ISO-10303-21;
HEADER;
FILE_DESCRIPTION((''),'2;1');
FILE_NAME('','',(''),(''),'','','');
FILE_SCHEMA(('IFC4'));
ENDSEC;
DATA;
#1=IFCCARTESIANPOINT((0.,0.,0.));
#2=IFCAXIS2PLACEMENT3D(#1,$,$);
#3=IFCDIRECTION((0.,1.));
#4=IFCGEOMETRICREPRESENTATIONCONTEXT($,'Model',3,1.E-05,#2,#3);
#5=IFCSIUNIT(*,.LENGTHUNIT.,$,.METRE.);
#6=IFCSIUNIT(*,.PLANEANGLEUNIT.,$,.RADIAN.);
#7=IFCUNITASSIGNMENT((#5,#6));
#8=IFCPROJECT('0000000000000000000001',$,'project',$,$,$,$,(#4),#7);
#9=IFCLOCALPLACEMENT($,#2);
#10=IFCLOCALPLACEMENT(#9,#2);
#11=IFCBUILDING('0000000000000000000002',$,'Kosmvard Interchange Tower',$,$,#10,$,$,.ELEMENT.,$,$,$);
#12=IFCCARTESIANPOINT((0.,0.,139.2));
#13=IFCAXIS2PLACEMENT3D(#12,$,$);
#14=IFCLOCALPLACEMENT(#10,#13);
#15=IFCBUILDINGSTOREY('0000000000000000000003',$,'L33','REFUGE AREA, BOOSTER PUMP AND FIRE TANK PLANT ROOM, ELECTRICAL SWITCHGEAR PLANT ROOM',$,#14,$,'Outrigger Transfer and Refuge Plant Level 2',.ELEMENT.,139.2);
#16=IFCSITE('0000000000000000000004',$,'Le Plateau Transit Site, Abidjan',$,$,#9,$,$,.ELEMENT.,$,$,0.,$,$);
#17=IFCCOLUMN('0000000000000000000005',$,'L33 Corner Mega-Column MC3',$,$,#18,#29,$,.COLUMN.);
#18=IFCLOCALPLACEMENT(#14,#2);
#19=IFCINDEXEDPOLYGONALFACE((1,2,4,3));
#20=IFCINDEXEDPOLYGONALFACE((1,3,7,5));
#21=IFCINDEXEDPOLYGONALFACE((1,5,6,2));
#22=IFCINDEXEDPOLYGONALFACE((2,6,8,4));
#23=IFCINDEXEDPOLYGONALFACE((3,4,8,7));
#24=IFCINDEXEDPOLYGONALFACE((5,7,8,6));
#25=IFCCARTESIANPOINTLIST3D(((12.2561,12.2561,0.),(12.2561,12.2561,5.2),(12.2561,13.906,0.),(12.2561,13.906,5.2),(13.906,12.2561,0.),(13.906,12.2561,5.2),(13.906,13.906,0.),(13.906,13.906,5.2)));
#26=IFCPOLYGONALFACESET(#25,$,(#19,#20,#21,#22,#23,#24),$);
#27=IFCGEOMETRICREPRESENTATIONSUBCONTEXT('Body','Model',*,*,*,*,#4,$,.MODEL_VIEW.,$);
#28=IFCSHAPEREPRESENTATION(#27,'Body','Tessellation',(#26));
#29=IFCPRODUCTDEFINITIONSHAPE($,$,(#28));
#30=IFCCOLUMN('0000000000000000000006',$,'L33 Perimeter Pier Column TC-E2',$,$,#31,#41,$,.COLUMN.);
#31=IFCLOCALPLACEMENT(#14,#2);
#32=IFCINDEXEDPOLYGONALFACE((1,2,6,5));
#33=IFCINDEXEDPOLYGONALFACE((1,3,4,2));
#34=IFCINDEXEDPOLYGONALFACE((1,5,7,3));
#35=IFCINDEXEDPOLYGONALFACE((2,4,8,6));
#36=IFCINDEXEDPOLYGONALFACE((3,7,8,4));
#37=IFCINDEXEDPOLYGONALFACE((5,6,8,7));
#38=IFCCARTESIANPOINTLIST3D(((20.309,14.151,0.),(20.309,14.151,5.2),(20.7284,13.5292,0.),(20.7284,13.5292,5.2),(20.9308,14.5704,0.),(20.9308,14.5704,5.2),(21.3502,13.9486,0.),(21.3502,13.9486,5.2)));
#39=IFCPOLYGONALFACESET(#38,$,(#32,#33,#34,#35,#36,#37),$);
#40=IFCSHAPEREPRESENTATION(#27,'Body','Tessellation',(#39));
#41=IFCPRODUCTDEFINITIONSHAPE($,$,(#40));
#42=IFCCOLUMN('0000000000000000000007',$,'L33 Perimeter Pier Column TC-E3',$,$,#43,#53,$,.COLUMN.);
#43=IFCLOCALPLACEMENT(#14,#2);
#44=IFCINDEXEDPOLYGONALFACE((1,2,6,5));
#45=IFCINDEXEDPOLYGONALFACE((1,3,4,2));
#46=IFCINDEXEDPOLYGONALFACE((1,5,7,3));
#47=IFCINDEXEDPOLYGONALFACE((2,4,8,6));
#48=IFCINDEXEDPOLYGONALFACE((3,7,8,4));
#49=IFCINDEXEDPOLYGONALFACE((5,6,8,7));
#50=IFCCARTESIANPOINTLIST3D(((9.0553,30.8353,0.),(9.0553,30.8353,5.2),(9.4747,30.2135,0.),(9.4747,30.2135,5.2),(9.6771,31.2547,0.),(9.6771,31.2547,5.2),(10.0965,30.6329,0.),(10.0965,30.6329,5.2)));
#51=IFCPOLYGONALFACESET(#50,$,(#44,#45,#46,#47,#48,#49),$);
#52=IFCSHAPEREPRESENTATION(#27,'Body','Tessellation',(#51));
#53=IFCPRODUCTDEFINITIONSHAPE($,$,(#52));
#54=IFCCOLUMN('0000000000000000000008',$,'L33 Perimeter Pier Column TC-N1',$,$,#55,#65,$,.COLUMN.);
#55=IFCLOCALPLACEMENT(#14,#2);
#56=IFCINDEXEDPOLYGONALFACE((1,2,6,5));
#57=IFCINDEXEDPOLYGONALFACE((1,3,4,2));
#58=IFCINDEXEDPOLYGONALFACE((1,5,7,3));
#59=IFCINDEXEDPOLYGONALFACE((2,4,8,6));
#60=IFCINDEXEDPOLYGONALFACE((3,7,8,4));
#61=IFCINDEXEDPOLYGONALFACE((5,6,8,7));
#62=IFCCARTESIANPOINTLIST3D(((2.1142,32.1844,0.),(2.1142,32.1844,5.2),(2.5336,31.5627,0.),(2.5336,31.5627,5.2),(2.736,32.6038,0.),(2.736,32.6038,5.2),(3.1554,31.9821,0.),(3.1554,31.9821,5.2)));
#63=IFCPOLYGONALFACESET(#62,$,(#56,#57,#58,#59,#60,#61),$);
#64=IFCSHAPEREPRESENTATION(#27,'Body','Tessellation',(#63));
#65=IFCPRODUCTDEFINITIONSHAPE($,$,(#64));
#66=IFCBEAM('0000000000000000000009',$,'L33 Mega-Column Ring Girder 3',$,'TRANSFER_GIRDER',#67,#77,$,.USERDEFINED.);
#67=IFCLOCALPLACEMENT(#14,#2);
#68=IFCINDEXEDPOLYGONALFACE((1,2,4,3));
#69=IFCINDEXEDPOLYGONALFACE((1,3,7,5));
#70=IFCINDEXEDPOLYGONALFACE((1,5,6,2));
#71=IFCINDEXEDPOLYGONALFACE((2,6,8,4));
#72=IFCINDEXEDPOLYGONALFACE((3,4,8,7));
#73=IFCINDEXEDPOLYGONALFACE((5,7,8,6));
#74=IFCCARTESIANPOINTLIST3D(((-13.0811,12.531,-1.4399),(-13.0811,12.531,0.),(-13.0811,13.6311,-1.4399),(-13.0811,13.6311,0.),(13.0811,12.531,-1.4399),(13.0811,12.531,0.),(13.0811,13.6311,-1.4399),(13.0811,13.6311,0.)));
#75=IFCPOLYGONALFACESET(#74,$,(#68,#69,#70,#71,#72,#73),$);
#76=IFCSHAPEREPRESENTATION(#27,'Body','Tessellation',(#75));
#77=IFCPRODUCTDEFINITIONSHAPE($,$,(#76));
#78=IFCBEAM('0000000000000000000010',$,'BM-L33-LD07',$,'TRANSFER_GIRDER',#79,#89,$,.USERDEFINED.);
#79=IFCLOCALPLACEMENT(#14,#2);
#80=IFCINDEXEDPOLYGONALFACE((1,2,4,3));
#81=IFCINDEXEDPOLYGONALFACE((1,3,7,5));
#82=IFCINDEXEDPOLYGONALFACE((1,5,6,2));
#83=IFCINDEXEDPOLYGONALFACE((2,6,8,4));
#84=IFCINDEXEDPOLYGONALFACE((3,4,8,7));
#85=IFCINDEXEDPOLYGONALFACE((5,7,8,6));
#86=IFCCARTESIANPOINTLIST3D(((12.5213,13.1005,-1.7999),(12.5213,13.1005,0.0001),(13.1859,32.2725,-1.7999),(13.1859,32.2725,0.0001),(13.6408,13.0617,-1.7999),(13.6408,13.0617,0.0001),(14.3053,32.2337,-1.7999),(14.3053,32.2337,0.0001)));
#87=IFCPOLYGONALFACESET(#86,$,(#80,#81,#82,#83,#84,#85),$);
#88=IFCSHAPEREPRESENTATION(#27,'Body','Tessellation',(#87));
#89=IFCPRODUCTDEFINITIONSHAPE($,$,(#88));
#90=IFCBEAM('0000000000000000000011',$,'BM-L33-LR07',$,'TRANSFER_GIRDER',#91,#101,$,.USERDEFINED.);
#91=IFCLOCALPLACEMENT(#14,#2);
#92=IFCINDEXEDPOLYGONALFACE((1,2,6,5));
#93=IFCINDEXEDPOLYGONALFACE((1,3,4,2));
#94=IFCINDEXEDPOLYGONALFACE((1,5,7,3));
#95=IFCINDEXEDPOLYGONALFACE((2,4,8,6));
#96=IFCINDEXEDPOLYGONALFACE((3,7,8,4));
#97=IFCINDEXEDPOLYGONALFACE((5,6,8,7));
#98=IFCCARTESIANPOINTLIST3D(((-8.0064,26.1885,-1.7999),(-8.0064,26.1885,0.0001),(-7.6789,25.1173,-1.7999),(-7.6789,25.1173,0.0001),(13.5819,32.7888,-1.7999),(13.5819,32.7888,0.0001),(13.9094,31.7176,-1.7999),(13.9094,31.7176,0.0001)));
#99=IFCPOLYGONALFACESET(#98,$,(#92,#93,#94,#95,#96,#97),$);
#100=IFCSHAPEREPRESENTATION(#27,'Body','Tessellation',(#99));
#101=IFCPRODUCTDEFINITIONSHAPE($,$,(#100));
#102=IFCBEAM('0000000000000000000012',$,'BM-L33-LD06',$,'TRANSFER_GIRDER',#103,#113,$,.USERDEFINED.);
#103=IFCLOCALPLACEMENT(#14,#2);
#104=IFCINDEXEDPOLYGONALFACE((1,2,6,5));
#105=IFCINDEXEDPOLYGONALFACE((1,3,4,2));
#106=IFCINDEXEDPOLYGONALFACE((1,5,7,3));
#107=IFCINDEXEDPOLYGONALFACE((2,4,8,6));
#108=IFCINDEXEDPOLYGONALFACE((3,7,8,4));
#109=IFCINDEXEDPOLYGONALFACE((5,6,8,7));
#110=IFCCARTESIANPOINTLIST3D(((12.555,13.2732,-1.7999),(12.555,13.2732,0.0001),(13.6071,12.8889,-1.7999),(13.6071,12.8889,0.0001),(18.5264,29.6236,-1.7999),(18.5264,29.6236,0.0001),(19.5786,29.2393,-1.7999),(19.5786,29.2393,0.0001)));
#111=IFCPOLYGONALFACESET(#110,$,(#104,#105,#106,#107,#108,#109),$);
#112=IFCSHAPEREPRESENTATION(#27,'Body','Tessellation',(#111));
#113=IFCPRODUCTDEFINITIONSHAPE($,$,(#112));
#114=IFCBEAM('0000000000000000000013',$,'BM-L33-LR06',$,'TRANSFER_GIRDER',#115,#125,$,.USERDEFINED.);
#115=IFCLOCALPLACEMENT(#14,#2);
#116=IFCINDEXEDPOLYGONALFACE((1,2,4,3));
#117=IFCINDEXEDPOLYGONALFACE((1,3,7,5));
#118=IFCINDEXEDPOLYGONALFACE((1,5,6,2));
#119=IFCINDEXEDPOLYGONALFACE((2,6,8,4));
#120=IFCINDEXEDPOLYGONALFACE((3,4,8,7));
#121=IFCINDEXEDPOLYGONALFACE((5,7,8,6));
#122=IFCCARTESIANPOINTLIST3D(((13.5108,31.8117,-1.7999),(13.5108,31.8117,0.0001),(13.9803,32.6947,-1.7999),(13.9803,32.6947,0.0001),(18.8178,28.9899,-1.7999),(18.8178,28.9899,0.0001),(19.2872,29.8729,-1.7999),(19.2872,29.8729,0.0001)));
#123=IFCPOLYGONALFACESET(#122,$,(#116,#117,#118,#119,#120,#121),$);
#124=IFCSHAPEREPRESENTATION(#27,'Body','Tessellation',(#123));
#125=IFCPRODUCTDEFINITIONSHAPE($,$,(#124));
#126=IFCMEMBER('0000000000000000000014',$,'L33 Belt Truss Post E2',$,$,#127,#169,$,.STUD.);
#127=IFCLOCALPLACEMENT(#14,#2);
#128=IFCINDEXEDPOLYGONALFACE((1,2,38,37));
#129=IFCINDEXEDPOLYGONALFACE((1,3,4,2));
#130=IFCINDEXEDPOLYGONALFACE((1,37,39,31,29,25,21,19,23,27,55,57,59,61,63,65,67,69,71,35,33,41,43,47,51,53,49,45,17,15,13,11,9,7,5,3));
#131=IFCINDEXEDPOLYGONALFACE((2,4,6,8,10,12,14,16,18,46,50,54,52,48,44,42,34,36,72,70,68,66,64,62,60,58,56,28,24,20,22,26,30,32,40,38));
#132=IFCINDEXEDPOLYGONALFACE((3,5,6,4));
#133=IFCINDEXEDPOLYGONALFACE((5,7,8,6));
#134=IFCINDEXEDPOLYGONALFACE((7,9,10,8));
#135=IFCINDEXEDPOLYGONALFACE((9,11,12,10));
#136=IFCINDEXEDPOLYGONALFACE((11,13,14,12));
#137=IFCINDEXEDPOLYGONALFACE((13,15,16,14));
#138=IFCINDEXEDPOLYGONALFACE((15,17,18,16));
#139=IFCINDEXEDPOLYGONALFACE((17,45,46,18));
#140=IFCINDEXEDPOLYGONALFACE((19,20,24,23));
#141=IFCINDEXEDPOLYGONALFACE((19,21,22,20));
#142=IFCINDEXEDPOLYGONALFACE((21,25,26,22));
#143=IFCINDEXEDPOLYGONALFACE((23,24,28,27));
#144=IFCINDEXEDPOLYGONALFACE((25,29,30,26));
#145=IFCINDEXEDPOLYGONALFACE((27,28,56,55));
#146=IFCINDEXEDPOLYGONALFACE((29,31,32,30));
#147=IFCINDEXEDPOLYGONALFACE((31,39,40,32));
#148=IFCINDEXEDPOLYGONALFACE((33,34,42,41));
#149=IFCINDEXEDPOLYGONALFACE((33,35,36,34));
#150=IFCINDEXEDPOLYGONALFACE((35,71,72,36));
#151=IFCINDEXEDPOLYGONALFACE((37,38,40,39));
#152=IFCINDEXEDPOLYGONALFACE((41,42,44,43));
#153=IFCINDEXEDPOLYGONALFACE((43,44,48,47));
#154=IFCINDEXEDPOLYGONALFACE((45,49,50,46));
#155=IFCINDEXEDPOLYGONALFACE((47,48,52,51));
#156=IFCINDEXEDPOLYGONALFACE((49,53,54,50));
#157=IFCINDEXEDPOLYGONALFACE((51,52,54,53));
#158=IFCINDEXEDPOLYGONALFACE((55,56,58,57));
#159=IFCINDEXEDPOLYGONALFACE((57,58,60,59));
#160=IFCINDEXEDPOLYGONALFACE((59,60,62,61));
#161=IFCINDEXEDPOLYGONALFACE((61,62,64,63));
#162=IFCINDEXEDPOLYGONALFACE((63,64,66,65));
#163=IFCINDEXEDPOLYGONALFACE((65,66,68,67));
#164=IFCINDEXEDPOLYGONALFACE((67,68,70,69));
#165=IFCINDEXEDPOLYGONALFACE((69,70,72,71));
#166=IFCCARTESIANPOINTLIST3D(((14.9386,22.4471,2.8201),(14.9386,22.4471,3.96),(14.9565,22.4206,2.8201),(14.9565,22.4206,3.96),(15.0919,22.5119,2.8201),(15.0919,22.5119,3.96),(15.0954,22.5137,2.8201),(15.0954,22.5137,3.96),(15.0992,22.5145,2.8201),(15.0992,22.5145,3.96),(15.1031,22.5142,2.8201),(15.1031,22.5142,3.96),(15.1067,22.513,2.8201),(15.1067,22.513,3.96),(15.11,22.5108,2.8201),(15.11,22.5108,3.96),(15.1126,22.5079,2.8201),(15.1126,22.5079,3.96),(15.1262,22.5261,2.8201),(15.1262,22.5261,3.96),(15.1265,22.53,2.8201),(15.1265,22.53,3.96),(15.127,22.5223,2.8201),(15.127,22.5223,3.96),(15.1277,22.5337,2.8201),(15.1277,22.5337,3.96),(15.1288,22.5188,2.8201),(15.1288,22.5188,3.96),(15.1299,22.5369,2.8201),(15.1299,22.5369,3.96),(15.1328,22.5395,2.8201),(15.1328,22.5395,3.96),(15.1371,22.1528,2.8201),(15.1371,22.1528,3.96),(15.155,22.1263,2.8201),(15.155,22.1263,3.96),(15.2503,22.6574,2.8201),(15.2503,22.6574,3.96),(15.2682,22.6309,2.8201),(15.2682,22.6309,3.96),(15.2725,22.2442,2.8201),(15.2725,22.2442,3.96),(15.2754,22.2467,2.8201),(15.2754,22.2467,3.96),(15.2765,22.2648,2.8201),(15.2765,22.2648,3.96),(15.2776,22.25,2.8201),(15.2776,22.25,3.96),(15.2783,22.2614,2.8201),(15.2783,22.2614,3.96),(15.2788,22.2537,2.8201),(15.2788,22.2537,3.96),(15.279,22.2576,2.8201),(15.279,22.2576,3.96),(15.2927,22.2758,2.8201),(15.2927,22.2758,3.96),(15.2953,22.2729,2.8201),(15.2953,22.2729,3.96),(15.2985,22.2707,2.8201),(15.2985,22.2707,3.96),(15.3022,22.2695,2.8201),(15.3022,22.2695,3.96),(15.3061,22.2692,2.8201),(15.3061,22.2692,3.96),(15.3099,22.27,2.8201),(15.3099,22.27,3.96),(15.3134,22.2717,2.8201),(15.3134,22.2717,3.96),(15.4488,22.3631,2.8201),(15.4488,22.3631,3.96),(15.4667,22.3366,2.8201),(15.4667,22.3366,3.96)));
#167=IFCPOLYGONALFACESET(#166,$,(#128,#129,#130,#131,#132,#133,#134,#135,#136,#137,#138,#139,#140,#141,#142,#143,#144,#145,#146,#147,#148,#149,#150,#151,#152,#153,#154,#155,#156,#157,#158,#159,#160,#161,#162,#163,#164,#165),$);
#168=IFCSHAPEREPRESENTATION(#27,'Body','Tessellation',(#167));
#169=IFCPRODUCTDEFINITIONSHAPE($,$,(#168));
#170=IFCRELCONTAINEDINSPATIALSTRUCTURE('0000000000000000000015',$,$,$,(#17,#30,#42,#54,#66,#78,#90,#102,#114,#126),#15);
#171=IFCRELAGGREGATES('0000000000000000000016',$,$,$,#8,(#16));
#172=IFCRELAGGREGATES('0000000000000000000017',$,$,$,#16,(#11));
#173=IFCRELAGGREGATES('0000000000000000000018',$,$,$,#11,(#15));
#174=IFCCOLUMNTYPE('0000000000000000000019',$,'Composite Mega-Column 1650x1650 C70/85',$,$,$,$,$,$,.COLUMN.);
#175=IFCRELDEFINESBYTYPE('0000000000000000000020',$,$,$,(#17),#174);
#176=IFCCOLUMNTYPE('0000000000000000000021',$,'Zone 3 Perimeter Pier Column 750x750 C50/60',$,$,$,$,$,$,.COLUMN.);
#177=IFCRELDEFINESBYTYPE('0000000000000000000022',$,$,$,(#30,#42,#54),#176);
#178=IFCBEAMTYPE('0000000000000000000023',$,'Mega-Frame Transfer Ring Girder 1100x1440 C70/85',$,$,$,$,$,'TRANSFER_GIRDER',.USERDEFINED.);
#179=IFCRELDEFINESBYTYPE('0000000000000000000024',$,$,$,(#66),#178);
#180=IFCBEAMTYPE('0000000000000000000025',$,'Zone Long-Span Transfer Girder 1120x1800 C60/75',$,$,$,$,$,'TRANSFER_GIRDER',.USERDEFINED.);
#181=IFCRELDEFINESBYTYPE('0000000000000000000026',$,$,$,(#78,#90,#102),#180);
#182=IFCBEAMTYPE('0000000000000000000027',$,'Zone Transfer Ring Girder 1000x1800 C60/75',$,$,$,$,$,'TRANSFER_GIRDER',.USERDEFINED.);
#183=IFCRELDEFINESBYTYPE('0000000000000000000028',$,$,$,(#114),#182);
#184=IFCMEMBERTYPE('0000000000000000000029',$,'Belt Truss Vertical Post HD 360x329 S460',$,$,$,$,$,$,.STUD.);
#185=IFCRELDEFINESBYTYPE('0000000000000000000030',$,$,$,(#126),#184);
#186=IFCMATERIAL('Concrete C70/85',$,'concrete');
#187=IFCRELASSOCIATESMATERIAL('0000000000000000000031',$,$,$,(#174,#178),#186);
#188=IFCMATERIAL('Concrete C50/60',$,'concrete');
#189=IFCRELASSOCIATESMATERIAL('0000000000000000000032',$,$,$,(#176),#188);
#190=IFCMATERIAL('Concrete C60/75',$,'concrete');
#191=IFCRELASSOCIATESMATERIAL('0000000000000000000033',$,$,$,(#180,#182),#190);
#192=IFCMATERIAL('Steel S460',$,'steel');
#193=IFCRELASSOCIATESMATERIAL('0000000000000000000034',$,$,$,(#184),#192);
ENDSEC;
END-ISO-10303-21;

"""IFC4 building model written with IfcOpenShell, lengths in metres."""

from ifc_helpers import new_model, si_unit, direction, frame, origin, origin_2d, place, context, subcontext, project, spatial, rectangle, i_section, extrude, source, transform, mapped, material, material_profile, profile_set, type_object, element, save


model = new_model("IFC4")

# Units and contexts
model_context = context("Model", 3, precision=1e-05, world=origin(), true_north=direction((0.0, 1.0)))
body_context = subcontext(model_context, "Body", "Model", "MODEL_VIEW")
ifc_project = project(units=[si_unit("LENGTHUNIT", "METRE"), si_unit("PLANEANGLEUNIT", "RADIAN")], contexts=[model_context])

# Site, building, storey
site_placement = place(None, origin())
site = spatial("IfcSite", under=ifc_project, at=site_placement, Name="Le Plateau Transit Site, Abidjan", CompositionType="ELEMENT", RefElevation=0.0)
building_placement = place(site_placement, origin())
building = spatial("IfcBuilding", under=site, at=building_placement, Name="Kosmvard Interchange Tower", CompositionType="ELEMENT")
storey_placement = place(building_placement, frame((0.0, 0.0, 139.2)))
storey = spatial("IfcBuildingStorey", under=building, at=storey_placement, Name="L33", Description="REFUGE AREA, BOOSTER PUMP AND FIRE TANK PLANT ROOM, ELECTRICAL SWITCHGEAR PLANT ROOM", LongName="Outrigger Transfer and Refuge Plant Level 2", CompositionType="ELEMENT", Elevation=139.2)

# Columns
ifc_material_1 = material(Name="Concrete C70/85", Category="concrete")
ifc_material_profile_1 = material_profile(ifc_material_1, rectangle(XDim=1.6499, YDim=1.6499, at=origin_2d()), Name="MC 1650x1650")
ifc_profile_set_1 = profile_set([ifc_material_profile_1], Name="Concrete C70/85")
column_type_1 = type_object("IfcColumnType", Name="Composite Mega-Column 1650x1650 C70/85", PredefinedType="COLUMN", material=ifc_profile_set_1)
shared_shape_1 = source(origin(), body_context, "Body", "SweptSolid", [
    extrude(rectangle(XDim=1.6499, YDim=1.6499, at=origin_2d()), origin(), (0.0, 0.0, 1.0), 5.2),
])
column_placement = place(storey_placement, frame((13.0811, 13.0811, 0.0), z_axis=(0.0, 0.0, 1.0), x_axis=(1.0, 0.0, 0.0)))
element("IfcColumn", 1, at=column_placement, inside=storey, type_object=column_type_1, Name="L33 Corner Mega-Column MC3", PredefinedType="COLUMN", context=body_context, shape_type="MappedRepresentation", body=[
    mapped(shared_shape_1, transform((0.0, 0.0, 0.0), scale=1.0)),
])
ifc_material_2 = material(Name="Concrete C50/60", Category="concrete")
ifc_material_profile_2 = material_profile(ifc_material_2, rectangle(XDim=0.75, YDim=0.75, at=origin_2d()), Name="TC 750x750")
ifc_profile_set_2 = profile_set([ifc_material_profile_2], Name="Concrete C50/60")
column_type_2 = type_object("IfcColumnType", Name="Zone 3 Perimeter Pier Column 750x750 C50/60", PredefinedType="COLUMN", material=ifc_profile_set_2)
shared_shape_2 = source(origin(), body_context, "Body", "SweptSolid", [
    extrude(rectangle(XDim=0.75, YDim=0.75, at=origin_2d()), origin(), (0.0, 0.0, 1.0), 5.2),
])
for number, where, z_axis, x_axis, name in (
    (2, (20.8296, 14.0498, 0.0), (0.0, 0.0, 1.0), (0.829038, 0.559193, 0.0), "L33 Perimeter Pier Column TC-E2"),
    (3, (9.5759, 30.7341, 0.0), (0.0, 0.0, 1.0), (0.829038, 0.559193, 0.0), "L33 Perimeter Pier Column TC-E3"),
    (4, (2.6348, 32.0833, 0.0), (0.0, 0.0, 1.0), (0.829038, 0.559193, 0.0), "L33 Perimeter Pier Column TC-N1"),
):
    element("IfcColumn", number, at=place(storey_placement, frame(where, z_axis=z_axis, x_axis=x_axis)), inside=storey, type_object=column_type_2, Name=name, PredefinedType="COLUMN", context=body_context, shape_type="MappedRepresentation", body=[
        mapped(shared_shape_2, transform((0.0, 0.0, 0.0), scale=1.0)),
    ])

# Beams
ifc_material_profile_3 = material_profile(ifc_material_1, rectangle(XDim=1.1001, YDim=1.4399, at=origin_2d()), Name="TG 1100x1440")
ifc_profile_set_3 = profile_set([ifc_material_profile_3], Name="Concrete C70/85")
beam_type_1 = type_object("IfcBeamType", Name="Mega-Frame Transfer Ring Girder 1100x1440 C70/85", ElementType="TRANSFER_GIRDER", PredefinedType="USERDEFINED", material=ifc_profile_set_3)
shared_shape_3 = source(origin(), body_context, "Body", "SweptSolid", [
    extrude(rectangle(XDim=1.1001, YDim=1.4399, at=origin_2d()), origin(), (0.0, 0.0, 1.0), 26.1621),
])
beam_1_placement = place(storey_placement, frame((13.0811, 13.0811, -0.72), z_axis=(-1.0, 0.0, 0.0), x_axis=(0.0, -1.0, 0.0)))
element("IfcBeam", 5, at=beam_1_placement, inside=storey, type_object=beam_type_1, Name="L33 Mega-Column Ring Girder 3", ObjectType="TRANSFER_GIRDER", PredefinedType="USERDEFINED", context=body_context, shape_type="MappedRepresentation", body=[
    mapped(shared_shape_3, transform((0.0, 0.0, 0.0), scale=1.0)),
])
ifc_material_3 = material(Name="Concrete C60/75", Category="concrete")
ifc_material_profile_4 = material_profile(ifc_material_3, rectangle(XDim=1.1201, YDim=1.8, at=origin_2d()), Name="TG 1120x1800")
ifc_profile_set_4 = profile_set([ifc_material_profile_4], Name="Concrete C60/75")
beam_type_2 = type_object("IfcBeamType", Name="Zone Long-Span Transfer Girder 1120x1800 C60/75", ElementType="TRANSFER_GIRDER", PredefinedType="USERDEFINED", material=ifc_profile_set_4)
shared_shape_4 = source(origin(), body_context, "Body", "SweptSolid", [
    extrude(rectangle(XDim=1.1201, YDim=1.8, at=origin_2d()), origin(), (0.0, 0.0, 1.0), 19.1836),
])
beam_2_placement = place(storey_placement, frame((13.0811, 13.0811, -0.8999), z_axis=(0.034642, 0.9994, 0.0), x_axis=(-0.9994, 0.034642, 0.0)))
element("IfcBeam", 6, at=beam_2_placement, inside=storey, type_object=beam_type_2, Name="BM-L33-LD07", ObjectType="TRANSFER_GIRDER", PredefinedType="USERDEFINED", context=body_context, shape_type="MappedRepresentation", body=[
    mapped(shared_shape_4, transform((0.0, 0.0, 0.0), scale=1.0)),
])
shared_shape_5 = source(origin(), body_context, "Body", "SweptSolid", [
    extrude(rectangle(XDim=1.1201, YDim=1.8, at=origin_2d()), origin(), (0.0, 0.0, 1.0), 22.5747),
])
beam_3_placement = place(storey_placement, frame((13.7456, 32.2532, -0.8999), z_axis=(-0.956303, -0.292376, 0.0), x_axis=(0.292376, -0.956303, 0.0)))
element("IfcBeam", 7, at=beam_3_placement, inside=storey, type_object=beam_type_2, Name="BM-L33-LR07", ObjectType="TRANSFER_GIRDER", PredefinedType="USERDEFINED", context=body_context, shape_type="MappedRepresentation", body=[
    mapped(shared_shape_5, transform((0.0, 0.0, 0.0), scale=1.0)),
])
shared_shape_6 = source(origin(), body_context, "Body", "SweptSolid", [
    extrude(rectangle(XDim=1.1201, YDim=1.8, at=origin_2d()), origin(), (0.0, 0.0, 1.0), 17.4067),
])
beam_4_placement = place(storey_placement, frame((13.0811, 13.0811, -0.8999), z_axis=(0.343055, 0.939315, 0.0), x_axis=(-0.939315, 0.343055, 0.0)))
element("IfcBeam", 8, at=beam_4_placement, inside=storey, type_object=beam_type_2, Name="BM-L33-LD06", ObjectType="TRANSFER_GIRDER", PredefinedType="USERDEFINED", context=body_context, shape_type="MappedRepresentation", body=[
    mapped(shared_shape_6, transform((0.0, 0.0, 0.0), scale=1.0)),
])
ifc_material_profile_5 = material_profile(ifc_material_3, rectangle(XDim=1.0, YDim=1.8, at=origin_2d()), Name="TG 1000x1800")
ifc_profile_set_5 = profile_set([ifc_material_profile_5], Name="Concrete C60/75")
beam_type_3 = type_object("IfcBeamType", Name="Zone Transfer Ring Girder 1000x1800 C60/75", ElementType="TRANSFER_GIRDER", PredefinedType="USERDEFINED", material=ifc_profile_set_5)
shared_shape_7 = source(origin(), body_context, "Body", "SweptSolid", [
    extrude(rectangle(XDim=1.0, YDim=1.8, at=origin_2d()), origin(), (0.0, 0.0, 1.0), 6.0105),
])
beam_5_placement = place(storey_placement, frame((19.0525, 29.4314, -0.8999), z_axis=(-0.882944, 0.469479, 0.0), x_axis=(-0.469479, -0.882944, 0.0)))
element("IfcBeam", 9, at=beam_5_placement, inside=storey, type_object=beam_type_3, Name="BM-L33-LR06", ObjectType="TRANSFER_GIRDER", PredefinedType="USERDEFINED", context=body_context, shape_type="MappedRepresentation", body=[
    mapped(shared_shape_7, transform((0.0, 0.0, 0.0), scale=1.0)),
])

# Member
ifc_material_4 = material(Name="Steel S460", Category="steel")
ifc_material_profile_6 = material_profile(ifc_material_4, i_section(OverallWidth=0.376, OverallDepth=0.387, WebThickness=0.0195, FlangeThickness=0.032, FilletRadius=0.0149, at=origin_2d()), Name="HD 360x329")
ifc_profile_set_6 = profile_set([ifc_material_profile_6], Name="Steel S460")
member_type_1 = type_object("IfcMemberType", Name="Belt Truss Vertical Post HD 360x329 S460", PredefinedType="STUD", material=ifc_profile_set_6)
shared_shape_8 = source(origin(), body_context, "Body", "SweptSolid", [
    extrude(i_section(OverallWidth=0.376, OverallDepth=0.387, WebThickness=0.0195, FlangeThickness=0.032, FilletRadius=0.0149, at=origin_2d()), origin(), (0.0, 0.0, 1.0), 1.1399),
])
member_1_placement = place(storey_placement, frame((15.2026, 22.3918, 2.8201), z_axis=(0.0, 0.0, 1.0), x_axis=(0.829038, 0.559193, 0.0)))
element("IfcMember", 10, at=member_1_placement, inside=storey, type_object=member_type_1, Name="L33 Belt Truss Post E2", PredefinedType="STUD", context=body_context, shape_type="MappedRepresentation", body=[
    mapped(shared_shape_8, transform((0.0, 0.0, 0.0), scale=1.0)),
])

save(model, "model.ifc")
